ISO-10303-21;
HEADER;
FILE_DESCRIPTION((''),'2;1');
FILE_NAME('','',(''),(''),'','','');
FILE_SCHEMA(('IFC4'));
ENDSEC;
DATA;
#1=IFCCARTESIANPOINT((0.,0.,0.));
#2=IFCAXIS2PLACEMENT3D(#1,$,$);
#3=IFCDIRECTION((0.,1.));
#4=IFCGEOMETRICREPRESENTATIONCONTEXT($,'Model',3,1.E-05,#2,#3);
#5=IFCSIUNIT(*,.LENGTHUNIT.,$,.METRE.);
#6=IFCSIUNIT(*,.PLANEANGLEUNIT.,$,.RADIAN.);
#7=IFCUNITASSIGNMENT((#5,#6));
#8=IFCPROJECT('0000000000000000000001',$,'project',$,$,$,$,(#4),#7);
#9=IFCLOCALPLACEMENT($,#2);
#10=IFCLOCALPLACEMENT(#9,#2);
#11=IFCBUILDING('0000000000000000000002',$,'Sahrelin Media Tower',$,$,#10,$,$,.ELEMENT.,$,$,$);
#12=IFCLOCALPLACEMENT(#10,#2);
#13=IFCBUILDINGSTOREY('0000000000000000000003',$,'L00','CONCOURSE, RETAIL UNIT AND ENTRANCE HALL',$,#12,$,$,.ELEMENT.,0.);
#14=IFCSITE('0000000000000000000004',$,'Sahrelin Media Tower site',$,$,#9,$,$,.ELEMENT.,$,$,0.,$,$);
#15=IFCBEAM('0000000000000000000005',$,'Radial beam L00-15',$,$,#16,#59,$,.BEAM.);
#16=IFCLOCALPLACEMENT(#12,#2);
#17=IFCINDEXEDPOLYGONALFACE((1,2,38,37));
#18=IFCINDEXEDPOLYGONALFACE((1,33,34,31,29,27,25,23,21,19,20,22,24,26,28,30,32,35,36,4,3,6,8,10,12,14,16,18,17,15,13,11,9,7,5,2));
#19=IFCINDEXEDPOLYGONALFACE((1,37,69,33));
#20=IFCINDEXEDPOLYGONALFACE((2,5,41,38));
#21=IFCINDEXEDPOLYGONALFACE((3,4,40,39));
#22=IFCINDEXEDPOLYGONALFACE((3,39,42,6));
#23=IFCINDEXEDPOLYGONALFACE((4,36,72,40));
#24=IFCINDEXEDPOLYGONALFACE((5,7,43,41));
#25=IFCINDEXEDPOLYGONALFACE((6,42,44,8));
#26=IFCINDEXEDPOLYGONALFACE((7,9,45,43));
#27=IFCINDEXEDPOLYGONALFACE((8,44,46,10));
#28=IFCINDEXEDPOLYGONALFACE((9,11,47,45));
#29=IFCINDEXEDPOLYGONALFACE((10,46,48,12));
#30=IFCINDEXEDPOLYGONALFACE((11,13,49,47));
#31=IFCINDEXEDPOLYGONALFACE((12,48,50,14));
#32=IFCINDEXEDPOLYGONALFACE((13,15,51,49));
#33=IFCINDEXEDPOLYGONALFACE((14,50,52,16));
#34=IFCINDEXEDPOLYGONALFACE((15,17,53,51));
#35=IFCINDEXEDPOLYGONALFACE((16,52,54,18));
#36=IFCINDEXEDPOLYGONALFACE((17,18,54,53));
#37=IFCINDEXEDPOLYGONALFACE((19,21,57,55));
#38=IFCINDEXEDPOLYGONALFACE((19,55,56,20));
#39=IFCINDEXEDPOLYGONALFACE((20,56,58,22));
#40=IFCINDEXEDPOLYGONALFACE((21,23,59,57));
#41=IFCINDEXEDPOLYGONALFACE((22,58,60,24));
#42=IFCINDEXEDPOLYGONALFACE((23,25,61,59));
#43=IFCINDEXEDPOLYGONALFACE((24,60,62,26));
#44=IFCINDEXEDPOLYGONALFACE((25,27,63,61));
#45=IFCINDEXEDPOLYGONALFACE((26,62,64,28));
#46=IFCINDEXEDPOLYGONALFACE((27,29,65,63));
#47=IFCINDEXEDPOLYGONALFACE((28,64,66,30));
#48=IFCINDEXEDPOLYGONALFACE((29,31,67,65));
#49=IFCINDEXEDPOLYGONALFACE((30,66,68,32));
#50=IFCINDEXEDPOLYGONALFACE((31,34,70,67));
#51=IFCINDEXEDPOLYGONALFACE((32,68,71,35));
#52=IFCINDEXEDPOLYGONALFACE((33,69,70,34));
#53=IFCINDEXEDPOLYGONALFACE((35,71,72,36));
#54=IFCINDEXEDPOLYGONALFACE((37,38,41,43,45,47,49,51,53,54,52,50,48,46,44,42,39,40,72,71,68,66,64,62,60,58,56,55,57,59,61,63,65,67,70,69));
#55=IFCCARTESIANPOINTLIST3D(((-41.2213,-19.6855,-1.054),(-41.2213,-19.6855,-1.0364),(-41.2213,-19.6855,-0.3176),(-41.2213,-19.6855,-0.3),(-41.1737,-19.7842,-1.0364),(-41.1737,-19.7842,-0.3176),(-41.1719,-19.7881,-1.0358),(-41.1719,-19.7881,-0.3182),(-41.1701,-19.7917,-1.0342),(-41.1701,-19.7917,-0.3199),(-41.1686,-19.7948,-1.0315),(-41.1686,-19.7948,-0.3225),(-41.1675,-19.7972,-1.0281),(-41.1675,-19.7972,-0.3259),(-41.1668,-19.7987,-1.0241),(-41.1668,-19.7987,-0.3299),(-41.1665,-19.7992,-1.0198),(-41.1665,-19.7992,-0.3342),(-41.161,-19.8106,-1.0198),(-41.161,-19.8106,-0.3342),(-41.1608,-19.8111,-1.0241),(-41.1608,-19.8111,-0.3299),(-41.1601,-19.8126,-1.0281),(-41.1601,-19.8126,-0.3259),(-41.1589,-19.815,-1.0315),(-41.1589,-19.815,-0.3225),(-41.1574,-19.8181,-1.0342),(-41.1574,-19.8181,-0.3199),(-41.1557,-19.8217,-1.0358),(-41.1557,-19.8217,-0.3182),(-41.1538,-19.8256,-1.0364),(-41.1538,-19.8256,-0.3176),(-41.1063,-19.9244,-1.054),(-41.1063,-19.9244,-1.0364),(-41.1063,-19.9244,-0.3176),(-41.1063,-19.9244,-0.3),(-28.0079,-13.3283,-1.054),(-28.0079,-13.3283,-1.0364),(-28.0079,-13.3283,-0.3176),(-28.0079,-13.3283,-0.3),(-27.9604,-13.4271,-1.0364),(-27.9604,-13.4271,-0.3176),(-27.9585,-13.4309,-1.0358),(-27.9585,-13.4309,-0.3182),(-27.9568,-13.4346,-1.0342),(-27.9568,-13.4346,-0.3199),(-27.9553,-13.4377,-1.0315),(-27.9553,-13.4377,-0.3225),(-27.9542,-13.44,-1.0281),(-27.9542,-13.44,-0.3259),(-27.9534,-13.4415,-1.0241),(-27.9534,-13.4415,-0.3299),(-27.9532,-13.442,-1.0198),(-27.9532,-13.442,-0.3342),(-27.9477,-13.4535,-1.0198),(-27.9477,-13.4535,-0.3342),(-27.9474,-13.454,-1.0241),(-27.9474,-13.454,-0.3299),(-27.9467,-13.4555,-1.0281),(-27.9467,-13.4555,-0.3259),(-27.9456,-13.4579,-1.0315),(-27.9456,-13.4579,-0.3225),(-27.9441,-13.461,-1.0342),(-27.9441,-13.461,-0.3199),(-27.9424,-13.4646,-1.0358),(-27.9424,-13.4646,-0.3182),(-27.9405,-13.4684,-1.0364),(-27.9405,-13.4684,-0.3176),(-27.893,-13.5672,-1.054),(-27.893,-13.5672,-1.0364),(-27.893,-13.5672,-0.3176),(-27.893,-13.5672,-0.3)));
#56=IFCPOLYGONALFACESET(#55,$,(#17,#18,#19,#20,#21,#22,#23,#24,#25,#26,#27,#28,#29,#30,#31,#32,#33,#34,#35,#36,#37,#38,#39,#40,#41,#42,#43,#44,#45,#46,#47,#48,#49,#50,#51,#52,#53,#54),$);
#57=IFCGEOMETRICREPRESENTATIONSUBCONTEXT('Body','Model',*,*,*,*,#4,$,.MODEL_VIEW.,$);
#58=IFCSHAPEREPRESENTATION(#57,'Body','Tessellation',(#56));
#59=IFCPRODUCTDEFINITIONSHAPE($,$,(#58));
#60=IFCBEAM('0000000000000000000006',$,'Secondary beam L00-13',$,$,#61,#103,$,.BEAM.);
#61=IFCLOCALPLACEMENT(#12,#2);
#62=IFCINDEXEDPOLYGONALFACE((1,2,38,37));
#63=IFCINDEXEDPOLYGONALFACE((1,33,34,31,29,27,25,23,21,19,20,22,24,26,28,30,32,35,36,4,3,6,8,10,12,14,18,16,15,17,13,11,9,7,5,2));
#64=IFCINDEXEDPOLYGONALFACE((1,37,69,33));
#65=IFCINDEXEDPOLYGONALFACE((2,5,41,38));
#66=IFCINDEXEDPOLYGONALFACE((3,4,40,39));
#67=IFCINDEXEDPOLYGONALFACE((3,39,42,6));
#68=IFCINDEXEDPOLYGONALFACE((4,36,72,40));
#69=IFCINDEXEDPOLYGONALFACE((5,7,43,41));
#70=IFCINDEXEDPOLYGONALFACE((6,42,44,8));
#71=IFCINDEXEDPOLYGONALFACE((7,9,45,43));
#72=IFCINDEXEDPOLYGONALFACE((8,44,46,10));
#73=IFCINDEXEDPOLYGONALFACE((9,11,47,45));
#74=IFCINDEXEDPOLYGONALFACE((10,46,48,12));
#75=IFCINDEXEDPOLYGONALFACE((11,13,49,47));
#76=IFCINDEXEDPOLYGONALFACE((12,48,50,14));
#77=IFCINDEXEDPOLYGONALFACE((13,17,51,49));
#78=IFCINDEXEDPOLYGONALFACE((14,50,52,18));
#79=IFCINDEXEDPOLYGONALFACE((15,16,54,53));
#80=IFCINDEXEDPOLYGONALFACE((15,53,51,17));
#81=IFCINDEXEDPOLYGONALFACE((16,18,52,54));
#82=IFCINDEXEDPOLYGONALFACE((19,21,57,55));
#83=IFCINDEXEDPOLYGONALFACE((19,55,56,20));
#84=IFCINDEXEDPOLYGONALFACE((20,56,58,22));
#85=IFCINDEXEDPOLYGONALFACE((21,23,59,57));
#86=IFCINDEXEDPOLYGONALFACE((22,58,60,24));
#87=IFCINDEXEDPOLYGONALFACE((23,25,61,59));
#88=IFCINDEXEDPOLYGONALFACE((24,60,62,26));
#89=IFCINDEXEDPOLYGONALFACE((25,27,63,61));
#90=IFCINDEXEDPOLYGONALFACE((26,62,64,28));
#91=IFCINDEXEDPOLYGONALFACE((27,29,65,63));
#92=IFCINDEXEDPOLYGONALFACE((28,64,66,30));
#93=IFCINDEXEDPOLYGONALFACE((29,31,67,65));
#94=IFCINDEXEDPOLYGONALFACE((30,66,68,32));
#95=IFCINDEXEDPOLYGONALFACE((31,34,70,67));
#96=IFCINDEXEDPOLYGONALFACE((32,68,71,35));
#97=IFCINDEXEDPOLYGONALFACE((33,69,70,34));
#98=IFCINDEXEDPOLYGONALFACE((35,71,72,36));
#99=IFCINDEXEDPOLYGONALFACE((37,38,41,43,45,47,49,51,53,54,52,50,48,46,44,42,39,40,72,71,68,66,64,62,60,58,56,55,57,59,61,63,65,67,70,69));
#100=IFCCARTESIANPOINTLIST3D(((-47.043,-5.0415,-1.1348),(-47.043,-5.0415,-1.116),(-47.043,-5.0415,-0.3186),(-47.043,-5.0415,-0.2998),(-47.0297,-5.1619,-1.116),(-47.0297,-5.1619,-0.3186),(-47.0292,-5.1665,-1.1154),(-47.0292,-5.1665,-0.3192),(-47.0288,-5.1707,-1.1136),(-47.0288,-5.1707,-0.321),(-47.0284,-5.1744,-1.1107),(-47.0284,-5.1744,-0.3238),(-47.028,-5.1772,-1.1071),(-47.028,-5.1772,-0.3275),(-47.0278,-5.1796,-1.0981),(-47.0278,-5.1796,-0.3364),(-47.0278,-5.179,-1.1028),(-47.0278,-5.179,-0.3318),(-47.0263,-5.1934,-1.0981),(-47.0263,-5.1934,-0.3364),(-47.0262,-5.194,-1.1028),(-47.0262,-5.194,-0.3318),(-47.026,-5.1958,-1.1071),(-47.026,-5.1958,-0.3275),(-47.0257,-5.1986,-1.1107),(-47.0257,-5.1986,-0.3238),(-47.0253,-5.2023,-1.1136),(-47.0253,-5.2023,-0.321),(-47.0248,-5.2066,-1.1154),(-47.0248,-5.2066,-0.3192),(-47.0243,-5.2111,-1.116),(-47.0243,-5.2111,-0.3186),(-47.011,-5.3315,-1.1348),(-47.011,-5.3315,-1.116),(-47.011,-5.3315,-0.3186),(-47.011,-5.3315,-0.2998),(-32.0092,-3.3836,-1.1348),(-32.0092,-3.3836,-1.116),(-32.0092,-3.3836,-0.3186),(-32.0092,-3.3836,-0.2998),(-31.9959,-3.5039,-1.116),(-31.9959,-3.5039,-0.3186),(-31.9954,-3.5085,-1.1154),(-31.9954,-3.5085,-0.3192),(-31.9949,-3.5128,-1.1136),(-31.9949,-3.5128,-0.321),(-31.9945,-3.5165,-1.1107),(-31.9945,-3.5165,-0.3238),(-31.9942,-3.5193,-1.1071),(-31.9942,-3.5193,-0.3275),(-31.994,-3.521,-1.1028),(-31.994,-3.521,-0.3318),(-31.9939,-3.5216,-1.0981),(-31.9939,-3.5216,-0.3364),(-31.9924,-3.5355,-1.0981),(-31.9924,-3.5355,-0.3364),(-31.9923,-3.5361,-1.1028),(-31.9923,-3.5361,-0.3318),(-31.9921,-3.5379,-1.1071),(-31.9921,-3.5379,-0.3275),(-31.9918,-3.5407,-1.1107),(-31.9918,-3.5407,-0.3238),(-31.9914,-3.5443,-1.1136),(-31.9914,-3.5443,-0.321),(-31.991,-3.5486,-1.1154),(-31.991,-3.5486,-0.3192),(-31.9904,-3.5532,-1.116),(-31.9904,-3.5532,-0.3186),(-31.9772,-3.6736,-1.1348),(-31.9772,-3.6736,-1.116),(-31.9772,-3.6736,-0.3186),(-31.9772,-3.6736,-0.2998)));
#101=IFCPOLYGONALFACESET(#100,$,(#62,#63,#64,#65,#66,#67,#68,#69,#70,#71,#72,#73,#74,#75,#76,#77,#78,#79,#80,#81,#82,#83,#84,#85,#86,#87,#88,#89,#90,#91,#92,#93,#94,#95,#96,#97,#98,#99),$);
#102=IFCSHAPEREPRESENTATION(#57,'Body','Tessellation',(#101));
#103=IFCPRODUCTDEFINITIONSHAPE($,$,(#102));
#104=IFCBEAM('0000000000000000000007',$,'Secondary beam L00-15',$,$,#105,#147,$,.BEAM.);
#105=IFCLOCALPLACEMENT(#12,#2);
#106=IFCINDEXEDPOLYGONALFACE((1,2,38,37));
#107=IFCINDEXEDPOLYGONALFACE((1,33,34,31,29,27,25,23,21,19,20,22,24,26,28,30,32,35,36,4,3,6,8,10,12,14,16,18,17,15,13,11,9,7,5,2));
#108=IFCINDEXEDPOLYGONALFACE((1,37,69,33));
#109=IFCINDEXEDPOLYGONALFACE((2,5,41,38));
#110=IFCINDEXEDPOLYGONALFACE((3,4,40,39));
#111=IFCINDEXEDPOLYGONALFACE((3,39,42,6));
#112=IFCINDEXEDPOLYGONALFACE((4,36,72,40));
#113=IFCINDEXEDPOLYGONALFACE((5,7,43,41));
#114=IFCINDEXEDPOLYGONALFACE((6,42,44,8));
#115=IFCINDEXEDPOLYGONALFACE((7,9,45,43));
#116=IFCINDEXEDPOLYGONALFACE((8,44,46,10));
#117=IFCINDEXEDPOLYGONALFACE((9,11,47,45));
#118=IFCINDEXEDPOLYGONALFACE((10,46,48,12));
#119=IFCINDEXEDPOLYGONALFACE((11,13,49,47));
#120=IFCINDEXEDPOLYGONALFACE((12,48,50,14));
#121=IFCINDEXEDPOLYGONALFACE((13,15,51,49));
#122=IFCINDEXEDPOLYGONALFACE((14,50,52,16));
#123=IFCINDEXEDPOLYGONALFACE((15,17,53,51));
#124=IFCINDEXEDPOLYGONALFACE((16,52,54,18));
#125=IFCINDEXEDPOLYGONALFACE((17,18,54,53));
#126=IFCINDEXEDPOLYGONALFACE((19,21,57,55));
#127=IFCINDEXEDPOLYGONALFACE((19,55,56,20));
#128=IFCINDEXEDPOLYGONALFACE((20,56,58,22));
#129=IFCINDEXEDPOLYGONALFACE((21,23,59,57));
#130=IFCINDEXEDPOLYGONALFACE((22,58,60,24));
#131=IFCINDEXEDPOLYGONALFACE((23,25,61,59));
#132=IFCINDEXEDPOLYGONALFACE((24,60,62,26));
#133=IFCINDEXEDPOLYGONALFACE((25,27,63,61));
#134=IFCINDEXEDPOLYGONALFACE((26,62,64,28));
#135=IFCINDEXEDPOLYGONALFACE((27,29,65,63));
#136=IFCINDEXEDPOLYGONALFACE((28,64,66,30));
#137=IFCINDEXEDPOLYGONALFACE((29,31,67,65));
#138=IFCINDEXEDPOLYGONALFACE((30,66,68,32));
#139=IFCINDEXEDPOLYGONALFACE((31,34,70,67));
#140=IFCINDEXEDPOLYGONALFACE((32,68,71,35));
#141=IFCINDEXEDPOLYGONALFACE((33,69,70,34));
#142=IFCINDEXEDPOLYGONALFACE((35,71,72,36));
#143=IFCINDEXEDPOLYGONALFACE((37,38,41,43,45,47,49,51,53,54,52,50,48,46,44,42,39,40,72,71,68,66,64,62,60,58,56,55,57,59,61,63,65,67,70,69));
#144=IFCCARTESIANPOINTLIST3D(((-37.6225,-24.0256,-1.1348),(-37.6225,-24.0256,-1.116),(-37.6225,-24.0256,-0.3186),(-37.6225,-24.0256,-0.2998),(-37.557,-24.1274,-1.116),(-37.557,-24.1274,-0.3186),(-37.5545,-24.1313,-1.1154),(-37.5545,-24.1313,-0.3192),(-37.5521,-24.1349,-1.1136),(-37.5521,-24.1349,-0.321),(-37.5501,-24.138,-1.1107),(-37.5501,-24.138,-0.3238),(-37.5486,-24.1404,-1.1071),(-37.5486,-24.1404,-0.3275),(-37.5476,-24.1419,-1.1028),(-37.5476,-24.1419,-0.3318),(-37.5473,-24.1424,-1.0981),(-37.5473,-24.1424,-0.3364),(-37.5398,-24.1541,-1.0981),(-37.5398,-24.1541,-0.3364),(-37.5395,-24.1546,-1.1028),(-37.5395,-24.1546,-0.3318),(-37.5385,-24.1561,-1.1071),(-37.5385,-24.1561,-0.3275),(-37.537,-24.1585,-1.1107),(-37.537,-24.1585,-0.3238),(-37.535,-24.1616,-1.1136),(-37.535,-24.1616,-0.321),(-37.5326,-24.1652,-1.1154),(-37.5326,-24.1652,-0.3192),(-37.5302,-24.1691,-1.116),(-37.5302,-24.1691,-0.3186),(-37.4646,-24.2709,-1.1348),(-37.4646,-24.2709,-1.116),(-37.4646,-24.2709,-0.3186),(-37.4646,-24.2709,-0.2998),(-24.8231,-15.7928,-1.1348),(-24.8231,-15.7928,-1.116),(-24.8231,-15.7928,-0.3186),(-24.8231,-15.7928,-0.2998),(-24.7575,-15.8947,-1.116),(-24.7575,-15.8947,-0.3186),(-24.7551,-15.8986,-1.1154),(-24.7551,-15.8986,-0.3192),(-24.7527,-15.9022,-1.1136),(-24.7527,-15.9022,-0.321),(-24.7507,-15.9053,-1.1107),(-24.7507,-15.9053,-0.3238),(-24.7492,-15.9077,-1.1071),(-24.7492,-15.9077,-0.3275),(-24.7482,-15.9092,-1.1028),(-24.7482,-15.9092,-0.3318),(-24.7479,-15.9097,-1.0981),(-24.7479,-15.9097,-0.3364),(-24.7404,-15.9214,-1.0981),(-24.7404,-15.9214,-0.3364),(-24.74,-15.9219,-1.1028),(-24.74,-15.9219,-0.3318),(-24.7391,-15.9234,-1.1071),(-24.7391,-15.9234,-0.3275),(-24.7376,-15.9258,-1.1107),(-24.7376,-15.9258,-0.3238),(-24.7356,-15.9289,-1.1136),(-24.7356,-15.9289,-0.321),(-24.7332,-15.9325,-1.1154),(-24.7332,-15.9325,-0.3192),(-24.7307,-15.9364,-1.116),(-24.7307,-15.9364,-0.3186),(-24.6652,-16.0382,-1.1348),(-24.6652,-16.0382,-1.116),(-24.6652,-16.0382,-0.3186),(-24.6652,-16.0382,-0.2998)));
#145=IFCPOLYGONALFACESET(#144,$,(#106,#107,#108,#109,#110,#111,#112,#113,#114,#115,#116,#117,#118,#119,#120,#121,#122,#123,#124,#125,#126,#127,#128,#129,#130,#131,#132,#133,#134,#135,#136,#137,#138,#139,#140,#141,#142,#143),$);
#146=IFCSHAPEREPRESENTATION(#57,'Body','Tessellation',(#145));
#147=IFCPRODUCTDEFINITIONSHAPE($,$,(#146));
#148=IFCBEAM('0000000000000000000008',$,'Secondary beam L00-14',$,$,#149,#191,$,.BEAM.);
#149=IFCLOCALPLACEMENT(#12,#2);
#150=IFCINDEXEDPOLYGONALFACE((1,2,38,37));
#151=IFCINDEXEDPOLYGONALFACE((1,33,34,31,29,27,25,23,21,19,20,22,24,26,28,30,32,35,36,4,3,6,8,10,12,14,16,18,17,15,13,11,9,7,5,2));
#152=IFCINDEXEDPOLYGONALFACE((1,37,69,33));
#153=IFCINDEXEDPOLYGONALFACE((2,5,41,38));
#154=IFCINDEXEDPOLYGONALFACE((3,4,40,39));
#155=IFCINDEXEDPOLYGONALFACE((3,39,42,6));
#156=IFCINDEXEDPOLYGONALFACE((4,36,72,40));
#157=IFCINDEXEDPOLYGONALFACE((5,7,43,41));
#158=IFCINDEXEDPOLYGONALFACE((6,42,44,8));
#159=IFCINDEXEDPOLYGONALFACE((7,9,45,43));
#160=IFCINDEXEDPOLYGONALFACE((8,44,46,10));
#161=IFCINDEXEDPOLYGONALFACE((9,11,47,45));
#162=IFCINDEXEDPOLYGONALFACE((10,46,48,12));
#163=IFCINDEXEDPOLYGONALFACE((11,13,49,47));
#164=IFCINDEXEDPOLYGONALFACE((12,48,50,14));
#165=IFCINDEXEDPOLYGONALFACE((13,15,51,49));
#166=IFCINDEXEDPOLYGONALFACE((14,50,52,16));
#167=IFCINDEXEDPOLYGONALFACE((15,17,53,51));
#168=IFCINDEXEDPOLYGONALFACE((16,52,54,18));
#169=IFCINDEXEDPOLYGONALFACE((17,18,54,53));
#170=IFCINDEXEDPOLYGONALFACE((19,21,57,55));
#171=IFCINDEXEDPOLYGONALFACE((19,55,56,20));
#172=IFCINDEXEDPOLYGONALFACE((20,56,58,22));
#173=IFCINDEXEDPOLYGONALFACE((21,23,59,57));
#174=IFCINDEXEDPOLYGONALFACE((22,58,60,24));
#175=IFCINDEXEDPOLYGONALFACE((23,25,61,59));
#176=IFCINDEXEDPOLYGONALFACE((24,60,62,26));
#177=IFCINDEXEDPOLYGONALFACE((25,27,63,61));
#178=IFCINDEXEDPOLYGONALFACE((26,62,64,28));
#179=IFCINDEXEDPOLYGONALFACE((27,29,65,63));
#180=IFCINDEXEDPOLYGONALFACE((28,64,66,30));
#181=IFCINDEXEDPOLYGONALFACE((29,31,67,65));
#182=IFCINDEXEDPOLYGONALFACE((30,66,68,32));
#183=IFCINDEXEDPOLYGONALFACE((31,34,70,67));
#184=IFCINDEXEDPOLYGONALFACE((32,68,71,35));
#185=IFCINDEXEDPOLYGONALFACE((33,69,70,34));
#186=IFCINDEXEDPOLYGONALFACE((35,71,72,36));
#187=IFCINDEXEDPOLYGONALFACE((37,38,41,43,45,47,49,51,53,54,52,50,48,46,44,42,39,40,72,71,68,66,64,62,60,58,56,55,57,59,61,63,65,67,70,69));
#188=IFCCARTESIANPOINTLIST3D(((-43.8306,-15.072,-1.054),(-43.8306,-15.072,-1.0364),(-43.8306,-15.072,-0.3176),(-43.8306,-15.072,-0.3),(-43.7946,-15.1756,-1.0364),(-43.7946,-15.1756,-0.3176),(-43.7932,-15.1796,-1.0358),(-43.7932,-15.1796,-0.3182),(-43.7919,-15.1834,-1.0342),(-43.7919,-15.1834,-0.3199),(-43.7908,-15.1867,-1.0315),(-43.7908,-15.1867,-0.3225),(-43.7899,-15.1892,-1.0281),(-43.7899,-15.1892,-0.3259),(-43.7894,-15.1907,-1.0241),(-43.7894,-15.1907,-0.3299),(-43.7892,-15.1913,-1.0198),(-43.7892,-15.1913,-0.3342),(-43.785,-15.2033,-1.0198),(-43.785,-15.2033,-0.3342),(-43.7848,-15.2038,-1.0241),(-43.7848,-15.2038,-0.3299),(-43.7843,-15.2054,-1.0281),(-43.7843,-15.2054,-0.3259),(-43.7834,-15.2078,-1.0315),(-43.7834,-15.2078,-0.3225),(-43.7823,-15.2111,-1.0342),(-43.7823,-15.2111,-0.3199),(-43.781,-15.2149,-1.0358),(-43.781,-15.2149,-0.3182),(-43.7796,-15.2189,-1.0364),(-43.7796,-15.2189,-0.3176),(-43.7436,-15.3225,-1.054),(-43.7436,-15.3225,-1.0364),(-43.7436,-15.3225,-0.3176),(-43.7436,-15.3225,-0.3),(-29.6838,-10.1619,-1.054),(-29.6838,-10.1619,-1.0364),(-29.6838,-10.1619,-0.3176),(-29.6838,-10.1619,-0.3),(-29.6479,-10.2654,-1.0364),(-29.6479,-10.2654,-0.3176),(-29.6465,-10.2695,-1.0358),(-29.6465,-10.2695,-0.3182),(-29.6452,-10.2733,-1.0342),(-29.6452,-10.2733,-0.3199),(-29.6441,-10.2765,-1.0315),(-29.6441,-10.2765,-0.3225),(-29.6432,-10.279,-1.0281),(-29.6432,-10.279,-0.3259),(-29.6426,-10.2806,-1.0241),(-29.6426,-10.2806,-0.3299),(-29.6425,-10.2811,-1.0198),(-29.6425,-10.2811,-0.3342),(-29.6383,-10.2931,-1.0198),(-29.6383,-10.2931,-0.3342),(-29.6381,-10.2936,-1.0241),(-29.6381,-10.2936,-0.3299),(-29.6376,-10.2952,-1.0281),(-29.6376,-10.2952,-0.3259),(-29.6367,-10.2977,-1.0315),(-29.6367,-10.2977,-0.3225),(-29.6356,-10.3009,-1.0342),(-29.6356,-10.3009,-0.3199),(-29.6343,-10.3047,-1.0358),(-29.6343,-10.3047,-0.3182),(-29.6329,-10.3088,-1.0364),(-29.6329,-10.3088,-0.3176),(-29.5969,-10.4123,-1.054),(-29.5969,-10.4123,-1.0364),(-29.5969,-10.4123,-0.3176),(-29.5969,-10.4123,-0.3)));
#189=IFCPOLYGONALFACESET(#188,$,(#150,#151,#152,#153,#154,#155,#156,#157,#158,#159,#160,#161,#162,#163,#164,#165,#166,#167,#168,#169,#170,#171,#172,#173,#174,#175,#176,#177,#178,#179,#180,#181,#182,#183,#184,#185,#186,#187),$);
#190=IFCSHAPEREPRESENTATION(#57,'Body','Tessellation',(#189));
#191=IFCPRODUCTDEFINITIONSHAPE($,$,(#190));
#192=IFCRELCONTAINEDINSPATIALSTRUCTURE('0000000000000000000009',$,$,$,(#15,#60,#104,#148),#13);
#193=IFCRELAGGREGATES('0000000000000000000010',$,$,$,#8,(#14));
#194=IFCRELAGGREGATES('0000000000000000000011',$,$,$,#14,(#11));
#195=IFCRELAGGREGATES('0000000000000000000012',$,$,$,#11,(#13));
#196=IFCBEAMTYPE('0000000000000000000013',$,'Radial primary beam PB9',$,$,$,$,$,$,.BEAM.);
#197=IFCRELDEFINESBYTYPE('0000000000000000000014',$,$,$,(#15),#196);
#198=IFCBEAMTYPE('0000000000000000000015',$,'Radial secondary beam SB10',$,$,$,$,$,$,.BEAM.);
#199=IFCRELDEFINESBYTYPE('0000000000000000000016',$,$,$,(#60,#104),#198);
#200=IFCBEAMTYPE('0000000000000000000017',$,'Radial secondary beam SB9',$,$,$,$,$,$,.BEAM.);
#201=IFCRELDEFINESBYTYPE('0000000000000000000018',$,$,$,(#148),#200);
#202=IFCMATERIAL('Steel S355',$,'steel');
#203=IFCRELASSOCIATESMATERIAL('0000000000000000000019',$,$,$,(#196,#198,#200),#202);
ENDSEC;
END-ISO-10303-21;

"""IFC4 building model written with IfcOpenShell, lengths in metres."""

from ifc_helpers import new_model, si_unit, direction, frame, origin, origin_2d, place, context, subcontext, project, spatial, i_section, extrude, material, material_profile, profile_set, type_object, element, save


model = new_model("IFC4")

# Units and contexts
model_context = context("Model", 3, precision=1e-05, world=origin(), true_north=direction((0.0, 1.0)))
body_context = subcontext(model_context, "Body", "Model", "MODEL_VIEW")
ifc_project = project(units=[si_unit("LENGTHUNIT", "METRE"), si_unit("PLANEANGLEUNIT", "RADIAN")], contexts=[model_context])

# Site, building, storey
site_placement = place(None, origin())
site = spatial("IfcSite", under=ifc_project, at=site_placement, Name="Sahrelin Media Tower site", CompositionType="ELEMENT", RefElevation=0.0)
building_placement = place(site_placement, origin())
building = spatial("IfcBuilding", under=site, at=building_placement, Name="Sahrelin Media Tower", CompositionType="ELEMENT")
storey_placement = place(building_placement, origin())
storey = spatial("IfcBuildingStorey", under=building, at=storey_placement, Name="L00", Description="CONCOURSE, RETAIL UNIT AND ENTRANCE HALL", CompositionType="ELEMENT", Elevation=0.0)

# Beams
ifc_material_1 = material(Name="Steel S355", Category="steel")
ifc_material_profile_1 = material_profile(ifc_material_1, i_section(OverallWidth=0.2651, OverallDepth=0.7539, WebThickness=0.0127, FlangeThickness=0.0176, FilletRadius=0.0166, at=origin_2d()), Name="UB 762x267x147")
ifc_profile_set_1 = profile_set([ifc_material_profile_1], Name="Steel S355")
beam_type_1 = type_object("IfcBeamType", Name="Radial primary beam PB9", PredefinedType="BEAM", material=ifc_profile_set_1)
beam_1_placement = place(storey_placement, frame((-27.9504, -13.4478, -0.677), z_axis=(-0.90113, -0.433549, 0.0), x_axis=(0.433549, -0.90113, 0.0)))
element("IfcBeam", 1, at=beam_1_placement, inside=storey, type_object=beam_type_1, Name="Radial beam L00-15", PredefinedType="BEAM", context=body_context, shape_type="SweptSolid", body=[
    extrude(i_section(OverallWidth=0.2651, OverallDepth=0.7539, WebThickness=0.0127, FlangeThickness=0.0176, FilletRadius=0.0166, at=origin_2d()), origin(), (0.0, 0.0, 1.0), 14.6631),
])
ifc_material_profile_2 = material_profile(ifc_material_1, i_section(OverallWidth=0.2917, OverallDepth=0.835, WebThickness=0.0139, FlangeThickness=0.0188, FilletRadius=0.0178, at=origin_2d()), Name="UB 838x292x176")
ifc_profile_set_2 = profile_set([ifc_material_profile_2], Name="Steel S355")
beam_type_2 = type_object("IfcBeamType", Name="Radial secondary beam SB10", PredefinedType="BEAM", material=ifc_profile_set_2)
beam_2_placement = place(storey_placement, frame((-31.9932, -3.5286, -0.7173), z_axis=(-0.993974, -0.109617, 0.0), x_axis=(0.109617, -0.993974, 0.0)))
element("IfcBeam", 2, at=beam_2_placement, inside=storey, type_object=beam_type_2, Name="Secondary beam L00-13", PredefinedType="BEAM", context=body_context, shape_type="SweptSolid", body=[
    extrude(i_section(OverallWidth=0.2917, OverallDepth=0.835, WebThickness=0.0139, FlangeThickness=0.0188, FilletRadius=0.0178, at=origin_2d()), origin(), (0.0, 0.0, 1.0), 15.125),
])
beam_3_placement = place(storey_placement, frame((-24.7441, -15.9155, -0.7173), z_axis=(-0.841043, -0.540968, 0.0), x_axis=(0.540968, -0.841043, 0.0)))
element("IfcBeam", 3, at=beam_3_placement, inside=storey, type_object=beam_type_2, Name="Secondary beam L00-15", PredefinedType="BEAM", context=body_context, shape_type="SweptSolid", body=[
    extrude(i_section(OverallWidth=0.2917, OverallDepth=0.835, WebThickness=0.0139, FlangeThickness=0.0188, FilletRadius=0.0178, at=origin_2d()), origin(), (0.0, 0.0, 1.0), 15.2185),
])
ifc_material_profile_3 = material_profile(ifc_material_1, i_section(OverallWidth=0.2651, OverallDepth=0.7539, WebThickness=0.0127, FlangeThickness=0.0176, FilletRadius=0.0166, at=origin_2d()), Name="UB 762x267x147")
ifc_profile_set_3 = profile_set([ifc_material_profile_3], Name="Steel S355")
beam_type_3 = type_object("IfcBeamType", Name="Radial secondary beam SB9", PredefinedType="BEAM", material=ifc_profile_set_3)
beam_4_placement = place(storey_placement, frame((-29.6404, -10.2871, -0.677), z_axis=(-0.944713, -0.327898, 0.0), x_axis=(0.327898, -0.944713, 0.0)))
element("IfcBeam", 4, at=beam_4_placement, inside=storey, type_object=beam_type_3, Name="Secondary beam L00-14", PredefinedType="BEAM", context=body_context, shape_type="SweptSolid", body=[
    extrude(i_section(OverallWidth=0.2651, OverallDepth=0.7539, WebThickness=0.0127, FlangeThickness=0.0176, FilletRadius=0.0166, at=origin_2d()), origin(), (0.0, 0.0, 1.0), 14.9746),
])

save(model, "model.ifc")
